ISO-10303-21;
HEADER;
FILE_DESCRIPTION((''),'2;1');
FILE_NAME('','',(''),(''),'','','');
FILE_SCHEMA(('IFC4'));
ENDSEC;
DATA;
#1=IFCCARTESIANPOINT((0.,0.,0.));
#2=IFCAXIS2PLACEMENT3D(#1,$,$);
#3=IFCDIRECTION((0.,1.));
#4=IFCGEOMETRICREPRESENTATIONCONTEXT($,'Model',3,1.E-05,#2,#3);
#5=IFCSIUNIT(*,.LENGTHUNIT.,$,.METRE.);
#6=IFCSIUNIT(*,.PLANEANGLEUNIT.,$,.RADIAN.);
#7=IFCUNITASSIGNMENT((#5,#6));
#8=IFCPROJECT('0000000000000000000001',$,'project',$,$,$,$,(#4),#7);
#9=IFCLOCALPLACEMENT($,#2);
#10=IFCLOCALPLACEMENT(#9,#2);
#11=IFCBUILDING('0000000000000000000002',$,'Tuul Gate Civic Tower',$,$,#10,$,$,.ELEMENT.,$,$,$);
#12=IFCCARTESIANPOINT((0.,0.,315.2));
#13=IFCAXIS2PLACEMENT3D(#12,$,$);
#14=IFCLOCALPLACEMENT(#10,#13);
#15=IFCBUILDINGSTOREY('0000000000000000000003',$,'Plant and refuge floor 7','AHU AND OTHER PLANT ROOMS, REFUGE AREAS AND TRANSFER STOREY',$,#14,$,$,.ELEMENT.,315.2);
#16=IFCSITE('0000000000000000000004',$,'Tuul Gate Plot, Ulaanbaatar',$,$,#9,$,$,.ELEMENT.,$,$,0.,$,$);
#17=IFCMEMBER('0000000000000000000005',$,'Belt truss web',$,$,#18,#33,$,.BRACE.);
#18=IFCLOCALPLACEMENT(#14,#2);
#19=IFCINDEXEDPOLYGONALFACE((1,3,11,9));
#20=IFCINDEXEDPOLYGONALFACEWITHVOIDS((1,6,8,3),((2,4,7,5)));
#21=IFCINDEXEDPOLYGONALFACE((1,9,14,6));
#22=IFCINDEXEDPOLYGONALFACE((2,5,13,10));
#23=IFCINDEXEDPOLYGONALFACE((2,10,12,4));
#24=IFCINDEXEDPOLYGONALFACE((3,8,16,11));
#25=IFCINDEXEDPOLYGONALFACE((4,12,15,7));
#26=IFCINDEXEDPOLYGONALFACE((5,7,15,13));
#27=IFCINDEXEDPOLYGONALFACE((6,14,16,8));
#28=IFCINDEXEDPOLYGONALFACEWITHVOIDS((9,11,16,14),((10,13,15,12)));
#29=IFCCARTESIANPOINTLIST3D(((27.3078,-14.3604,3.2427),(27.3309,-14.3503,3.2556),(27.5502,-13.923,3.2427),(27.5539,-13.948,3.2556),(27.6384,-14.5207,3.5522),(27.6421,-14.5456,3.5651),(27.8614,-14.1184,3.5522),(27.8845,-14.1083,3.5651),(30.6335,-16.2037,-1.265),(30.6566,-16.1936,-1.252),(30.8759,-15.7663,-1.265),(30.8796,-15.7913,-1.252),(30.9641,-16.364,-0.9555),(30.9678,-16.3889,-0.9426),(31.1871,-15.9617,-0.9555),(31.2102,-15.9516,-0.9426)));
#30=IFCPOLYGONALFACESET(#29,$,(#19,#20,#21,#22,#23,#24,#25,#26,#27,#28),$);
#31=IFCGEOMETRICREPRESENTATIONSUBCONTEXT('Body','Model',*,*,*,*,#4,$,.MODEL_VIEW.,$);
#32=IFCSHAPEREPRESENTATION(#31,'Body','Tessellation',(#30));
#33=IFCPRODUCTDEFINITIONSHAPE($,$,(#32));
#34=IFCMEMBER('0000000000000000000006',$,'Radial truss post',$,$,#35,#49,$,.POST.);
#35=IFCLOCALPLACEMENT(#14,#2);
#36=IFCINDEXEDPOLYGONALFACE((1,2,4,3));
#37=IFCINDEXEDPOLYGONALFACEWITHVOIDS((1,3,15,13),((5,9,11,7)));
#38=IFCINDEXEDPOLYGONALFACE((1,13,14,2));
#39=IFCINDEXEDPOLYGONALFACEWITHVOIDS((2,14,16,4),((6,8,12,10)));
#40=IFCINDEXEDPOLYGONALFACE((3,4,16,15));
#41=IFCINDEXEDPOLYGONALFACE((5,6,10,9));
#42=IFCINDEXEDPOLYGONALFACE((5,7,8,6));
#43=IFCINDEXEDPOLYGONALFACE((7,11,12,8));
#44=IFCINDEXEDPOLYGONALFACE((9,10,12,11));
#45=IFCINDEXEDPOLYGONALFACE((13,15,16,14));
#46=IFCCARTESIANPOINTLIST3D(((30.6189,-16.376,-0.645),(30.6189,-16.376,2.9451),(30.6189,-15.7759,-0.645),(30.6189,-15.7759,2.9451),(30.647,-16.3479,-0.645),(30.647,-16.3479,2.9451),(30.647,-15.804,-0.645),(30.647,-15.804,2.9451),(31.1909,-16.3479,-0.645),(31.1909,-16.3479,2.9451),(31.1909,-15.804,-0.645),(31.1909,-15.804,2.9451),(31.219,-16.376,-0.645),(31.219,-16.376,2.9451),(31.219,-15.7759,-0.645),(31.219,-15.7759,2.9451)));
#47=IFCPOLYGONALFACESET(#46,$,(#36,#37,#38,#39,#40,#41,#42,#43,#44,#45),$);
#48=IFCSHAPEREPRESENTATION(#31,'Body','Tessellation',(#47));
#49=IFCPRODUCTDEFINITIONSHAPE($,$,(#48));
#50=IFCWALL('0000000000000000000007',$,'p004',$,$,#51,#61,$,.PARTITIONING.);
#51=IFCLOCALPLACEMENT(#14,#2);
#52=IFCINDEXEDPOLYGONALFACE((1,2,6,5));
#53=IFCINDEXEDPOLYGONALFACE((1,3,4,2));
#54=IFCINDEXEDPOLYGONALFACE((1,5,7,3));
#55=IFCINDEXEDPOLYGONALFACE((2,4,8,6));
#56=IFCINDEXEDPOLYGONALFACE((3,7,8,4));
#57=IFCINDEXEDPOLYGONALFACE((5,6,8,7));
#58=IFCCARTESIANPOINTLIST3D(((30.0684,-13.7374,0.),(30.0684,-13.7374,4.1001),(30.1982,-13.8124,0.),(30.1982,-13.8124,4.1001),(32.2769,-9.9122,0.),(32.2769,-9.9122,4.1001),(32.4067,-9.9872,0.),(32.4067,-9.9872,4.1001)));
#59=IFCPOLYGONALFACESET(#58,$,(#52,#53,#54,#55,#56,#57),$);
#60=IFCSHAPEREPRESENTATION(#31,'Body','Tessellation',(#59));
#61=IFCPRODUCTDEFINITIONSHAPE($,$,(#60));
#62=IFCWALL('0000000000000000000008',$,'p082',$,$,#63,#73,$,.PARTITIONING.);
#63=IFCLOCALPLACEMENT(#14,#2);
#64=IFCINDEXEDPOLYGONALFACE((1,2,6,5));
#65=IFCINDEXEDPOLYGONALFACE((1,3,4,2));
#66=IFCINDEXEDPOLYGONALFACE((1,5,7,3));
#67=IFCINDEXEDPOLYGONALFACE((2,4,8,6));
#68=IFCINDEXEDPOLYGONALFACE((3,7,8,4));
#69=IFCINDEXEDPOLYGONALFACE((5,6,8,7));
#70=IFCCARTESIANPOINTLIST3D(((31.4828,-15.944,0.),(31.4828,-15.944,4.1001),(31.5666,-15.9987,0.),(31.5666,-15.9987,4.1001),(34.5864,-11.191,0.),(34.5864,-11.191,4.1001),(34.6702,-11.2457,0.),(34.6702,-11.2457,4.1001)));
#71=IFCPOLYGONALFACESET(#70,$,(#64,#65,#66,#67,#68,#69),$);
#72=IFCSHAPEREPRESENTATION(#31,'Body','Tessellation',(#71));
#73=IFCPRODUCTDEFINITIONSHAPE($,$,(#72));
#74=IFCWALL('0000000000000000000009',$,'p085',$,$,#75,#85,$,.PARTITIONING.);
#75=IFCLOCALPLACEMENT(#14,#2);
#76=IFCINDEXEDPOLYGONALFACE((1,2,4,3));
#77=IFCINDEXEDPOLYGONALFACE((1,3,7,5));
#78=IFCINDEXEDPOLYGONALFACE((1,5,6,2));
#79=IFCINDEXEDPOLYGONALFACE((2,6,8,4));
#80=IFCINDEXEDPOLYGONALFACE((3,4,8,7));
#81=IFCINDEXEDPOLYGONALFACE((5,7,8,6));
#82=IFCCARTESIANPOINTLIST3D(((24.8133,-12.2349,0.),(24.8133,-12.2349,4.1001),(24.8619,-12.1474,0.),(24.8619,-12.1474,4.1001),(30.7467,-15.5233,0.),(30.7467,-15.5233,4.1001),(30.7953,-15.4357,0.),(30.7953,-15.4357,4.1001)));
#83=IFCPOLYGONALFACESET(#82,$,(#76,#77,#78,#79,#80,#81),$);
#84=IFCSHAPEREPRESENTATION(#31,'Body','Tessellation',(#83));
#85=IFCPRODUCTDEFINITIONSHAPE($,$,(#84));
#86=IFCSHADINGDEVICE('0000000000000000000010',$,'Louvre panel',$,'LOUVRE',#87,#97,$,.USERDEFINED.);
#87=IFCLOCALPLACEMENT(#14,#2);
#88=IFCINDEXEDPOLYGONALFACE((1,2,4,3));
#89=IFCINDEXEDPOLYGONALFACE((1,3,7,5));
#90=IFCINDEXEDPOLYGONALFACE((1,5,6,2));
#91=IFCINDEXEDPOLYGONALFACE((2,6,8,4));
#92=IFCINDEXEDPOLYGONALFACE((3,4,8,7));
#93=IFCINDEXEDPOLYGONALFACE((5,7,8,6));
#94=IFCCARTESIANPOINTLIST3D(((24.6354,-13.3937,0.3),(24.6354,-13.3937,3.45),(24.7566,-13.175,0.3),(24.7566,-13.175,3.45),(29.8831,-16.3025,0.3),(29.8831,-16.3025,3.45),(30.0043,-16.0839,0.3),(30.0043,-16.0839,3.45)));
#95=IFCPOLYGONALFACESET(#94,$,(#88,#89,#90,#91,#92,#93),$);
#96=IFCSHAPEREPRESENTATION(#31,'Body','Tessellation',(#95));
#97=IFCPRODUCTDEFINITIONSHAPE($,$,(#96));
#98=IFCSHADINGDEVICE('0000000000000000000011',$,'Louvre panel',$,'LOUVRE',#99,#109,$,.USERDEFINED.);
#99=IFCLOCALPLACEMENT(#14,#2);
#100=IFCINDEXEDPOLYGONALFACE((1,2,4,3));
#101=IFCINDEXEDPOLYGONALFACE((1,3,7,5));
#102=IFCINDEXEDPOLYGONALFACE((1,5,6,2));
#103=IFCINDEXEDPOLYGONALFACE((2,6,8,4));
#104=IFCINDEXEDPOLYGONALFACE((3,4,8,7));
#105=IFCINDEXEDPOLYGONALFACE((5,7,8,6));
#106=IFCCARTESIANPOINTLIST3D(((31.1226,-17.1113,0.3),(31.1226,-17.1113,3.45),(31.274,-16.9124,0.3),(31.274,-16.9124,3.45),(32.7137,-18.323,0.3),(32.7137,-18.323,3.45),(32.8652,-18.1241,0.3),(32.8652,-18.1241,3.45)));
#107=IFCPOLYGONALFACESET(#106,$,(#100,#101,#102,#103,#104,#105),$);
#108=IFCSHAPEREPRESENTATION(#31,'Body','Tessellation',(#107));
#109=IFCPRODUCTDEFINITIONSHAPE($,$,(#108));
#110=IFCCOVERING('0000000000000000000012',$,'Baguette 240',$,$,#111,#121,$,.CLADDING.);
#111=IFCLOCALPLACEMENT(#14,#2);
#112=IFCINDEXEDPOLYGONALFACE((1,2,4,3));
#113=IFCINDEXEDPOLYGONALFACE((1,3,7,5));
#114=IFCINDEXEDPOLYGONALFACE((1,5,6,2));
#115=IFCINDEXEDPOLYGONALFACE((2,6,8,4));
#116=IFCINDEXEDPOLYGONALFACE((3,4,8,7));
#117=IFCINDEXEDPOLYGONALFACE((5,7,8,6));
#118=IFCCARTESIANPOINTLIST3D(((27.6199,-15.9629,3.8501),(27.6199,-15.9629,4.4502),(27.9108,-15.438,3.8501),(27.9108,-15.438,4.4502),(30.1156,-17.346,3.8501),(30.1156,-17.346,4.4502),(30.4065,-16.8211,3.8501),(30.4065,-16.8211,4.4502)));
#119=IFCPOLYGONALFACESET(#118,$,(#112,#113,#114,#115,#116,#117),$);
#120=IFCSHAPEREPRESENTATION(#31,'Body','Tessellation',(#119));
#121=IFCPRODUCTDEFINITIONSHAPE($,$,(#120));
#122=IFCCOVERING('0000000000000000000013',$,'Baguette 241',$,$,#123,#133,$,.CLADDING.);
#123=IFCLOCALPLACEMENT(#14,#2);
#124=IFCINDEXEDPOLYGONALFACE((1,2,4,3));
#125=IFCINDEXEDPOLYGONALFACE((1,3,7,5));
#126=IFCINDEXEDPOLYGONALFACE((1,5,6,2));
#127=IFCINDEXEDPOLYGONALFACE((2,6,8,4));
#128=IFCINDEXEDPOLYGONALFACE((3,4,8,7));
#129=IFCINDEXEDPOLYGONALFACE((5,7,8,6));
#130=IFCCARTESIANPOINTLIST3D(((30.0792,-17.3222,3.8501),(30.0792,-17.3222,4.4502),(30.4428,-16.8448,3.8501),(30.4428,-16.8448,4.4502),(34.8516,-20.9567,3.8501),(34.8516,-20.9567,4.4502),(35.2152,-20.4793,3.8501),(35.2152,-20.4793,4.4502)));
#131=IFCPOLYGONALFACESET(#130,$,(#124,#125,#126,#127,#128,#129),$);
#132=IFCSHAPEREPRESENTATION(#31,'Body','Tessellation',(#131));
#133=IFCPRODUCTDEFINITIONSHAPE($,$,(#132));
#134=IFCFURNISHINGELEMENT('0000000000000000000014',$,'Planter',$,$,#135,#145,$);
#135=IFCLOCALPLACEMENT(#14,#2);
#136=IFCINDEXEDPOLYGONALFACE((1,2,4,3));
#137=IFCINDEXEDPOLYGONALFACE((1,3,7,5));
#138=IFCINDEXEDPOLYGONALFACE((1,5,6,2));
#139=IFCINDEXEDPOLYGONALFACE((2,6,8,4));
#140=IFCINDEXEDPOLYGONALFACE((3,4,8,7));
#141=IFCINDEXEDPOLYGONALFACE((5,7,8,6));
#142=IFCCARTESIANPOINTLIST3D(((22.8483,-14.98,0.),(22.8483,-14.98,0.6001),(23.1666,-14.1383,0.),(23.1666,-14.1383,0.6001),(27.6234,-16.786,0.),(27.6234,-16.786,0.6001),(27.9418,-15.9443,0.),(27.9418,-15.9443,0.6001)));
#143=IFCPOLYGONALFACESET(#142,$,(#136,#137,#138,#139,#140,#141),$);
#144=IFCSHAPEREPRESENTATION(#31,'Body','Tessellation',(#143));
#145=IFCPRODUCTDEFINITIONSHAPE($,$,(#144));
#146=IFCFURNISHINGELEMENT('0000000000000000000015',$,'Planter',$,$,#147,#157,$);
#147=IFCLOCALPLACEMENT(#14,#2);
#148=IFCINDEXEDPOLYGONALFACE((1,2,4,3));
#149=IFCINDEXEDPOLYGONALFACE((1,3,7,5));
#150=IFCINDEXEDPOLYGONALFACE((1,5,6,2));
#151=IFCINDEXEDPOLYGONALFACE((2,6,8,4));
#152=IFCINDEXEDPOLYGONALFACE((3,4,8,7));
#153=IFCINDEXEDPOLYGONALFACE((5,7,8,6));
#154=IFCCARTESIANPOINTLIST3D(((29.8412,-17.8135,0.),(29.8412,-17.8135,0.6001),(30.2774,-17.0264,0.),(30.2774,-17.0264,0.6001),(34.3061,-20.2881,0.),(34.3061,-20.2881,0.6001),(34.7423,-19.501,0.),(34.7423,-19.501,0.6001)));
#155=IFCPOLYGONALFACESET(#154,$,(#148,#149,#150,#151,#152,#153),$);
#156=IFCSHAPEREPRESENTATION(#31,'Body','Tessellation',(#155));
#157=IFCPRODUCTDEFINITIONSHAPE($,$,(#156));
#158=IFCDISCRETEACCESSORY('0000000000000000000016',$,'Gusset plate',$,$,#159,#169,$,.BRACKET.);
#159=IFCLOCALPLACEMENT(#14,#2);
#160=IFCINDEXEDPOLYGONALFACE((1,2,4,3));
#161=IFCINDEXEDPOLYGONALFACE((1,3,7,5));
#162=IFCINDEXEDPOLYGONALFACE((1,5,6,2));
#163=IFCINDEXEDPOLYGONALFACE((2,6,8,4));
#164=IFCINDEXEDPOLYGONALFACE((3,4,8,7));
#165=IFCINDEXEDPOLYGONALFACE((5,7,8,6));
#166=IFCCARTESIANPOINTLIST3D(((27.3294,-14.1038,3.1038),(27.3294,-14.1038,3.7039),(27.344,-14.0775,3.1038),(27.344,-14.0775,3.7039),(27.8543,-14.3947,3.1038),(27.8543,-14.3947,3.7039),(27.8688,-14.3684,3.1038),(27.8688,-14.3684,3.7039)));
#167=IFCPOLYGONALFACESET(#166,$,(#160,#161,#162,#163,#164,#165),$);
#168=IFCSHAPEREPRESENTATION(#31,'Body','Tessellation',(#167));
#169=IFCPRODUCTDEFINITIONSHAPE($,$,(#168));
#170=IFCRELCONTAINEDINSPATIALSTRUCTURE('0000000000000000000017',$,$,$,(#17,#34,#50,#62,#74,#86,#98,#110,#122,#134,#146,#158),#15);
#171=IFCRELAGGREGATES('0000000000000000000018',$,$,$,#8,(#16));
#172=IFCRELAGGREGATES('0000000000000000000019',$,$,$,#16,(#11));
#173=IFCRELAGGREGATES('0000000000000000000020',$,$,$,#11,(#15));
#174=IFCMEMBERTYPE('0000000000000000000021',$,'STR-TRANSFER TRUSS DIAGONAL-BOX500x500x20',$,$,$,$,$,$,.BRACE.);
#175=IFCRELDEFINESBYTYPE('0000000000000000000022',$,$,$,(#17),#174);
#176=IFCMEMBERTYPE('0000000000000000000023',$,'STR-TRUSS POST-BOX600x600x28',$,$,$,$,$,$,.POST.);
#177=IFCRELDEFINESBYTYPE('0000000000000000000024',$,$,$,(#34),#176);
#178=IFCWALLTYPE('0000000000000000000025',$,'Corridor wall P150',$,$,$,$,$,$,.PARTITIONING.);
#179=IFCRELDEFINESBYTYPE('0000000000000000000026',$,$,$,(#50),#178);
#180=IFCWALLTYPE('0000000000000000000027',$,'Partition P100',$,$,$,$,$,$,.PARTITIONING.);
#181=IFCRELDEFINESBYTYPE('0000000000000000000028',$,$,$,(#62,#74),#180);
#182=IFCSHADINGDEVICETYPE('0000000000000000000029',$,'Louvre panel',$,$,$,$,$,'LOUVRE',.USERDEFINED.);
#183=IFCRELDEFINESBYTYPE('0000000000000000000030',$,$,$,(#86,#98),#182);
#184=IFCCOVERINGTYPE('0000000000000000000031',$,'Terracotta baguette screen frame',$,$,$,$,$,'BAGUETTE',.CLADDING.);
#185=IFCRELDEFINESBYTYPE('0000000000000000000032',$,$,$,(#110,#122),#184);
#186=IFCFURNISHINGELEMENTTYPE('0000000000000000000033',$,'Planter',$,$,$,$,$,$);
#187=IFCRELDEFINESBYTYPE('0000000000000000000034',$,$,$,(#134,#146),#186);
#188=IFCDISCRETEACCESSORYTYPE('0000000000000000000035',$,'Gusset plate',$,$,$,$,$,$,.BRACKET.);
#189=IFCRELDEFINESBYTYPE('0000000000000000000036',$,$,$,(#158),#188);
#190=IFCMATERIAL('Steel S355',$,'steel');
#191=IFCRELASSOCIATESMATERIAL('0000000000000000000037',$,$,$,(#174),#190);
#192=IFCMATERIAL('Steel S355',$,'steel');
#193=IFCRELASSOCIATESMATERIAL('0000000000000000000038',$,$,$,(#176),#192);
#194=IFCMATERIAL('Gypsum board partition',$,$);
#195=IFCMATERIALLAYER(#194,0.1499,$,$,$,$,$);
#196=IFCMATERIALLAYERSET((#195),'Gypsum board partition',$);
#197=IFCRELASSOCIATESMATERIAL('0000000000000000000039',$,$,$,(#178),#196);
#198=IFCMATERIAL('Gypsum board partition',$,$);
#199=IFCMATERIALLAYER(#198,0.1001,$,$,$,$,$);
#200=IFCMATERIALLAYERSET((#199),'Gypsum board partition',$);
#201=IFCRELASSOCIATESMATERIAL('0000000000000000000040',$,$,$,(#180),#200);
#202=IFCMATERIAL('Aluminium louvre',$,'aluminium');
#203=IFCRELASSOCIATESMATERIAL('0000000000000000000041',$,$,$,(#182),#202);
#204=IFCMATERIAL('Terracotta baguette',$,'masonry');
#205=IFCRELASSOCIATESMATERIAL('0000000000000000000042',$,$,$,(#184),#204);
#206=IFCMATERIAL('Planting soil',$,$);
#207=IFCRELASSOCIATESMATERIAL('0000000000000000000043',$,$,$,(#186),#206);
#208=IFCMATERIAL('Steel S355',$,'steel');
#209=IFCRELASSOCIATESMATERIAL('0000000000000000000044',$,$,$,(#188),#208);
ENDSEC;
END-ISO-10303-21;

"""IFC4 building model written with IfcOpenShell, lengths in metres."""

from ifc_helpers import new_model, si_unit, direction, frame, frame_2d, origin, origin_2d, place, context, subcontext, project, spatial, rectangle, hollow_rectangle, extrude, material, layer, layer_set, material_profile, profile_set, type_object, element, save


model = new_model("IFC4")

# Units and contexts
model_context = context("Model", 3, precision=1e-05, world=origin(), true_north=direction((0.0, 1.0)))
body_context = subcontext(model_context, "Body", "Model", "MODEL_VIEW")
ifc_project = project(units=[si_unit("LENGTHUNIT", "METRE"), si_unit("PLANEANGLEUNIT", "RADIAN")], contexts=[model_context])

# Site, building, storey
site_placement = place(None, origin())
site = spatial("IfcSite", under=ifc_project, at=site_placement, Name="Tuul Gate Plot, Ulaanbaatar", CompositionType="ELEMENT", RefElevation=0.0)
building_placement = place(site_placement, origin())
building = spatial("IfcBuilding", under=site, at=building_placement, Name="Tuul Gate Civic Tower", CompositionType="ELEMENT")
storey_placement = place(building_placement, frame((0.0, 0.0, 315.2)))
storey = spatial("IfcBuildingStorey", under=building, at=storey_placement, Name="Plant and refuge floor 7", Description="AHU AND OTHER PLANT ROOMS, REFUGE AREAS AND TRANSFER STOREY", CompositionType="ELEMENT", Elevation=315.2)

# Members
ifc_material_1 = material(Name="Steel S355", Category="steel")
ifc_material_profile_1 = material_profile(ifc_material_1, hollow_rectangle(XDim=0.5, YDim=0.5, WallThickness=0.02, at=origin_2d()), Name="BOX500x500x20")
ifc_profile_set_1 = profile_set([ifc_material_profile_1], Name="Steel S355")
member_type_1 = type_object("IfcMemberType", Name="STR-TRANSFER TRUSS DIAGONAL-BOX500x500x20", PredefinedType="BRACE", material=ifc_profile_set_1)
member_1_placement = place(storey_placement, frame((30.9219, -16.0776, -1.1038), z_axis=(-0.563951, 0.31257, 0.764368), x_axis=(-0.48477, -0.874641, 0.0)))
element("IfcMember", 1, at=member_1_placement, inside=storey, type_object=member_type_1, Name="Belt truss web", PredefinedType="BRACE", context=body_context, shape_type="SweptSolid", body=[
    extrude(hollow_rectangle(XDim=0.5, YDim=0.5, WallThickness=0.02, at=origin_2d()), origin(), (0.0, 0.0, 1.0), 5.8972),
])
ifc_material_2 = material(Name="Steel S355", Category="steel")
ifc_material_profile_2 = material_profile(ifc_material_2, hollow_rectangle(XDim=0.6001, YDim=0.6001, WallThickness=0.0281, at=origin_2d()), Name="BOX600x600x28")
ifc_profile_set_2 = profile_set([ifc_material_profile_2], Name="Steel S355")
member_type_2 = type_object("IfcMemberType", Name="STR-TRUSS POST-BOX600x600x28", PredefinedType="POST", material=ifc_profile_set_2)
member_2_placement = place(storey_placement, frame((30.9189, -16.0759, -0.645), z_axis=(0.0, 0.0, 1.0), x_axis=(1.0, 0.0, 0.0)))
element("IfcMember", 2, at=member_2_placement, inside=storey, type_object=member_type_2, Name="Radial truss post", PredefinedType="POST", context=body_context, shape_type="SweptSolid", body=[
    extrude(hollow_rectangle(XDim=0.6001, YDim=0.6001, WallThickness=0.0281, at=origin_2d()), origin(), (0.0, 0.0, 1.0), 3.5901),
])

# Wall
ifc_material_3 = material(Name="Gypsum board partition")
ifc_layer_1 = layer(ifc_material_3, 0.1499)
ifc_layer_set_1 = layer_set([ifc_layer_1], Name="Gypsum board partition")
wall_type_1 = type_object("IfcWallType", Name="Corridor wall P150", PredefinedType="PARTITIONING", material=ifc_layer_set_1)
wall_1_placement = place(storey_placement, frame((30.1333, -13.7749, 0.0), z_axis=(0.0, 0.0, 1.0), x_axis=(0.500003, 0.866024, 0.0)))
element("IfcWall", 3, at=wall_1_placement, inside=storey, type_object=wall_type_1, Name="p004", PredefinedType="PARTITIONING", context=body_context, shape_type="SweptSolid", body=[
    extrude(rectangle(XDim=4.417, YDim=0.1499, at=frame_2d((2.2085, 0.0))), origin(), (0.0, 0.0, 1.0), 4.1001),
])

# Walls
ifc_material_4 = material(Name="Gypsum board partition")
ifc_layer_2 = layer(ifc_material_4, 0.1001)
ifc_layer_set_2 = layer_set([ifc_layer_2], Name="Gypsum board partition")
wall_type_2 = type_object("IfcWallType", Name="Partition P100", PredefinedType="PARTITIONING", material=ifc_layer_set_2)
wall_2_placement = place(storey_placement, frame((31.5247, -15.9714, 0.0), z_axis=(0.0, 0.0, 1.0), x_axis=(0.546735, 0.837306, 0.0)))
element("IfcWall", 4, at=wall_2_placement, inside=storey, type_object=wall_type_2, Name="p082", PredefinedType="PARTITIONING", context=body_context, shape_type="SweptSolid", body=[
    extrude(rectangle(XDim=5.6765, YDim=0.1001, at=frame_2d((2.8384, 0.0))), origin(), (0.0, 0.0, 1.0), 4.1001),
])
wall_3_placement = place(storey_placement, frame((30.771, -15.4795, 0.0), z_axis=(0.0, 0.0, 1.0), x_axis=(-0.874656, 0.484744, 0.0)))
element("IfcWall", 5, at=wall_3_placement, inside=storey, type_object=wall_type_2, Name="p085", PredefinedType="PARTITIONING", context=body_context, shape_type="SweptSolid", body=[
    extrude(rectangle(XDim=6.7837, YDim=0.1001, at=frame_2d((3.3918, 0.0))), origin(), (0.0, 0.0, 1.0), 4.1001),
])

# Shading devices
ifc_material_5 = material(Name="Aluminium louvre", Category="aluminium")
shading_device_type = type_object("IfcShadingDeviceType", Name="Louvre panel", ElementType="LOUVRE", PredefinedType="USERDEFINED", material=ifc_material_5)
shading_device_1_placement = place(storey_placement, frame((27.3198, -14.7388, 0.3), z_axis=(0.0, 0.0, 1.0), x_axis=(-0.484808, -0.874621, 0.0)))
element("IfcShadingDevice", 6, at=shading_device_1_placement, inside=storey, type_object=shading_device_type, Name="Louvre panel", ObjectType="LOUVRE", PredefinedType="USERDEFINED", context=body_context, shape_type="SweptSolid", body=[
    extrude(rectangle(XDim=0.25, YDim=6.0, at=origin_2d()), origin(), (0.0, 0.0, 1.0), 3.1499),
])
shading_device_2_placement = place(storey_placement, frame((31.9939, -17.6177, 0.3), z_axis=(0.0, 0.0, 1.0), x_axis=(-0.605851, -0.795578, 0.0)))
element("IfcShadingDevice", 7, at=shading_device_2_placement, inside=storey, type_object=shading_device_type, Name="Louvre panel", ObjectType="LOUVRE", PredefinedType="USERDEFINED", context=body_context, shape_type="SweptSolid", body=[
    extrude(rectangle(XDim=0.25, YDim=2.0, at=origin_2d()), origin(), (0.0, 0.0, 1.0), 3.1499),
])

# Coverings
ifc_material_6 = material(Name="Terracotta baguette", Category="masonry")
ifc_material_profile_3 = material_profile(ifc_material_6, rectangle(XDim=0.6001, YDim=0.6001, at=origin_2d()), Name="Terracotta baguette screen frame")
ifc_profile_set_3 = profile_set([ifc_material_profile_3], Name="Terracotta baguette")
covering_type = type_object("IfcCoveringType", Name="Terracotta baguette screen frame", ElementType="BAGUETTE", PredefinedType="CLADDING", material=ifc_profile_set_3)
covering_1_placement = place(storey_placement, frame((27.7654, -15.7004, 4.1501), z_axis=(0.874661, -0.484735, 0.0), x_axis=(0.484735, 0.874661, 0.0)))
element("IfcCovering", 8, at=covering_1_placement, inside=storey, type_object=covering_type, Name="Baguette 240", PredefinedType="CLADDING", context=body_context, shape_type="SweptSolid", body=[
    extrude(rectangle(XDim=0.6001, YDim=0.6001, at=origin_2d()), origin(), (0.0, 0.0, 1.0), 2.8533),
])
covering_2_placement = place(storey_placement, frame((30.261, -17.0835, 4.1501), z_axis=(0.795563, -0.60587, 0.0), x_axis=(0.60587, 0.795563, 0.0)))
element("IfcCovering", 9, at=covering_2_placement, inside=storey, type_object=covering_type, Name="Baguette 241", PredefinedType="CLADDING", context=body_context, shape_type="SweptSolid", body=[
    extrude(rectangle(XDim=0.6001, YDim=0.6001, at=origin_2d()), origin(), (0.0, 0.0, 1.0), 5.9988),
])

# Furnishing elements
ifc_material_7 = material(Name="Planting soil")
furnishing_element_type = type_object("IfcFurnishingElementType", Name="Planter", material=ifc_material_7)
furnishing_1_placement = place(storey_placement, frame((25.395, -15.4622, 0.0), z_axis=(0.0, 0.0, 1.0), x_axis=(0.93534, -0.35375, 0.0)))
element("IfcFurnishingElement", 10, at=furnishing_1_placement, inside=storey, type_object=furnishing_element_type, Name="Planter", context=body_context, shape_type="SweptSolid", body=[
    extrude(rectangle(XDim=5.1052, YDim=0.8999, at=origin_2d()), origin(), (0.0, 0.0, 1.0), 0.6001),
])
furnishing_2_placement = place(storey_placement, frame((32.2917, -18.6572, 0.0), z_axis=(0.0, 0.0, 1.0), x_axis=(0.874647, -0.48476, 0.0)))
element("IfcFurnishingElement", 11, at=furnishing_2_placement, inside=storey, type_object=furnishing_element_type, Name="Planter", context=body_context, shape_type="SweptSolid", body=[
    extrude(rectangle(XDim=5.1047, YDim=0.8999, at=origin_2d()), origin(), (0.0, 0.0, 1.0), 0.6001),
])

# Discrete accessory
ifc_material_8 = material(Name="Steel S355", Category="steel")
discrete_accessory_type_1 = type_object("IfcDiscreteAccessoryType", Name="Gusset plate", PredefinedType="BRACKET", material=ifc_material_8)
discrete_accessory_1_placement = place(storey_placement, frame((27.5991, -14.2361, 3.1038), z_axis=(0.0, 0.0, 1.0), x_axis=(-0.874654, 0.484748, 0.0)))
element("IfcDiscreteAccessory", 12, at=discrete_accessory_1_placement, inside=storey, type_object=discrete_accessory_type_1, Name="Gusset plate", PredefinedType="BRACKET", context=body_context, shape_type="SweptSolid", body=[
    extrude(rectangle(XDim=0.6001, YDim=0.03, at=origin_2d()), origin(), (0.0, 0.0, 1.0), 0.6001),
])

save(model, "model.ifc")
